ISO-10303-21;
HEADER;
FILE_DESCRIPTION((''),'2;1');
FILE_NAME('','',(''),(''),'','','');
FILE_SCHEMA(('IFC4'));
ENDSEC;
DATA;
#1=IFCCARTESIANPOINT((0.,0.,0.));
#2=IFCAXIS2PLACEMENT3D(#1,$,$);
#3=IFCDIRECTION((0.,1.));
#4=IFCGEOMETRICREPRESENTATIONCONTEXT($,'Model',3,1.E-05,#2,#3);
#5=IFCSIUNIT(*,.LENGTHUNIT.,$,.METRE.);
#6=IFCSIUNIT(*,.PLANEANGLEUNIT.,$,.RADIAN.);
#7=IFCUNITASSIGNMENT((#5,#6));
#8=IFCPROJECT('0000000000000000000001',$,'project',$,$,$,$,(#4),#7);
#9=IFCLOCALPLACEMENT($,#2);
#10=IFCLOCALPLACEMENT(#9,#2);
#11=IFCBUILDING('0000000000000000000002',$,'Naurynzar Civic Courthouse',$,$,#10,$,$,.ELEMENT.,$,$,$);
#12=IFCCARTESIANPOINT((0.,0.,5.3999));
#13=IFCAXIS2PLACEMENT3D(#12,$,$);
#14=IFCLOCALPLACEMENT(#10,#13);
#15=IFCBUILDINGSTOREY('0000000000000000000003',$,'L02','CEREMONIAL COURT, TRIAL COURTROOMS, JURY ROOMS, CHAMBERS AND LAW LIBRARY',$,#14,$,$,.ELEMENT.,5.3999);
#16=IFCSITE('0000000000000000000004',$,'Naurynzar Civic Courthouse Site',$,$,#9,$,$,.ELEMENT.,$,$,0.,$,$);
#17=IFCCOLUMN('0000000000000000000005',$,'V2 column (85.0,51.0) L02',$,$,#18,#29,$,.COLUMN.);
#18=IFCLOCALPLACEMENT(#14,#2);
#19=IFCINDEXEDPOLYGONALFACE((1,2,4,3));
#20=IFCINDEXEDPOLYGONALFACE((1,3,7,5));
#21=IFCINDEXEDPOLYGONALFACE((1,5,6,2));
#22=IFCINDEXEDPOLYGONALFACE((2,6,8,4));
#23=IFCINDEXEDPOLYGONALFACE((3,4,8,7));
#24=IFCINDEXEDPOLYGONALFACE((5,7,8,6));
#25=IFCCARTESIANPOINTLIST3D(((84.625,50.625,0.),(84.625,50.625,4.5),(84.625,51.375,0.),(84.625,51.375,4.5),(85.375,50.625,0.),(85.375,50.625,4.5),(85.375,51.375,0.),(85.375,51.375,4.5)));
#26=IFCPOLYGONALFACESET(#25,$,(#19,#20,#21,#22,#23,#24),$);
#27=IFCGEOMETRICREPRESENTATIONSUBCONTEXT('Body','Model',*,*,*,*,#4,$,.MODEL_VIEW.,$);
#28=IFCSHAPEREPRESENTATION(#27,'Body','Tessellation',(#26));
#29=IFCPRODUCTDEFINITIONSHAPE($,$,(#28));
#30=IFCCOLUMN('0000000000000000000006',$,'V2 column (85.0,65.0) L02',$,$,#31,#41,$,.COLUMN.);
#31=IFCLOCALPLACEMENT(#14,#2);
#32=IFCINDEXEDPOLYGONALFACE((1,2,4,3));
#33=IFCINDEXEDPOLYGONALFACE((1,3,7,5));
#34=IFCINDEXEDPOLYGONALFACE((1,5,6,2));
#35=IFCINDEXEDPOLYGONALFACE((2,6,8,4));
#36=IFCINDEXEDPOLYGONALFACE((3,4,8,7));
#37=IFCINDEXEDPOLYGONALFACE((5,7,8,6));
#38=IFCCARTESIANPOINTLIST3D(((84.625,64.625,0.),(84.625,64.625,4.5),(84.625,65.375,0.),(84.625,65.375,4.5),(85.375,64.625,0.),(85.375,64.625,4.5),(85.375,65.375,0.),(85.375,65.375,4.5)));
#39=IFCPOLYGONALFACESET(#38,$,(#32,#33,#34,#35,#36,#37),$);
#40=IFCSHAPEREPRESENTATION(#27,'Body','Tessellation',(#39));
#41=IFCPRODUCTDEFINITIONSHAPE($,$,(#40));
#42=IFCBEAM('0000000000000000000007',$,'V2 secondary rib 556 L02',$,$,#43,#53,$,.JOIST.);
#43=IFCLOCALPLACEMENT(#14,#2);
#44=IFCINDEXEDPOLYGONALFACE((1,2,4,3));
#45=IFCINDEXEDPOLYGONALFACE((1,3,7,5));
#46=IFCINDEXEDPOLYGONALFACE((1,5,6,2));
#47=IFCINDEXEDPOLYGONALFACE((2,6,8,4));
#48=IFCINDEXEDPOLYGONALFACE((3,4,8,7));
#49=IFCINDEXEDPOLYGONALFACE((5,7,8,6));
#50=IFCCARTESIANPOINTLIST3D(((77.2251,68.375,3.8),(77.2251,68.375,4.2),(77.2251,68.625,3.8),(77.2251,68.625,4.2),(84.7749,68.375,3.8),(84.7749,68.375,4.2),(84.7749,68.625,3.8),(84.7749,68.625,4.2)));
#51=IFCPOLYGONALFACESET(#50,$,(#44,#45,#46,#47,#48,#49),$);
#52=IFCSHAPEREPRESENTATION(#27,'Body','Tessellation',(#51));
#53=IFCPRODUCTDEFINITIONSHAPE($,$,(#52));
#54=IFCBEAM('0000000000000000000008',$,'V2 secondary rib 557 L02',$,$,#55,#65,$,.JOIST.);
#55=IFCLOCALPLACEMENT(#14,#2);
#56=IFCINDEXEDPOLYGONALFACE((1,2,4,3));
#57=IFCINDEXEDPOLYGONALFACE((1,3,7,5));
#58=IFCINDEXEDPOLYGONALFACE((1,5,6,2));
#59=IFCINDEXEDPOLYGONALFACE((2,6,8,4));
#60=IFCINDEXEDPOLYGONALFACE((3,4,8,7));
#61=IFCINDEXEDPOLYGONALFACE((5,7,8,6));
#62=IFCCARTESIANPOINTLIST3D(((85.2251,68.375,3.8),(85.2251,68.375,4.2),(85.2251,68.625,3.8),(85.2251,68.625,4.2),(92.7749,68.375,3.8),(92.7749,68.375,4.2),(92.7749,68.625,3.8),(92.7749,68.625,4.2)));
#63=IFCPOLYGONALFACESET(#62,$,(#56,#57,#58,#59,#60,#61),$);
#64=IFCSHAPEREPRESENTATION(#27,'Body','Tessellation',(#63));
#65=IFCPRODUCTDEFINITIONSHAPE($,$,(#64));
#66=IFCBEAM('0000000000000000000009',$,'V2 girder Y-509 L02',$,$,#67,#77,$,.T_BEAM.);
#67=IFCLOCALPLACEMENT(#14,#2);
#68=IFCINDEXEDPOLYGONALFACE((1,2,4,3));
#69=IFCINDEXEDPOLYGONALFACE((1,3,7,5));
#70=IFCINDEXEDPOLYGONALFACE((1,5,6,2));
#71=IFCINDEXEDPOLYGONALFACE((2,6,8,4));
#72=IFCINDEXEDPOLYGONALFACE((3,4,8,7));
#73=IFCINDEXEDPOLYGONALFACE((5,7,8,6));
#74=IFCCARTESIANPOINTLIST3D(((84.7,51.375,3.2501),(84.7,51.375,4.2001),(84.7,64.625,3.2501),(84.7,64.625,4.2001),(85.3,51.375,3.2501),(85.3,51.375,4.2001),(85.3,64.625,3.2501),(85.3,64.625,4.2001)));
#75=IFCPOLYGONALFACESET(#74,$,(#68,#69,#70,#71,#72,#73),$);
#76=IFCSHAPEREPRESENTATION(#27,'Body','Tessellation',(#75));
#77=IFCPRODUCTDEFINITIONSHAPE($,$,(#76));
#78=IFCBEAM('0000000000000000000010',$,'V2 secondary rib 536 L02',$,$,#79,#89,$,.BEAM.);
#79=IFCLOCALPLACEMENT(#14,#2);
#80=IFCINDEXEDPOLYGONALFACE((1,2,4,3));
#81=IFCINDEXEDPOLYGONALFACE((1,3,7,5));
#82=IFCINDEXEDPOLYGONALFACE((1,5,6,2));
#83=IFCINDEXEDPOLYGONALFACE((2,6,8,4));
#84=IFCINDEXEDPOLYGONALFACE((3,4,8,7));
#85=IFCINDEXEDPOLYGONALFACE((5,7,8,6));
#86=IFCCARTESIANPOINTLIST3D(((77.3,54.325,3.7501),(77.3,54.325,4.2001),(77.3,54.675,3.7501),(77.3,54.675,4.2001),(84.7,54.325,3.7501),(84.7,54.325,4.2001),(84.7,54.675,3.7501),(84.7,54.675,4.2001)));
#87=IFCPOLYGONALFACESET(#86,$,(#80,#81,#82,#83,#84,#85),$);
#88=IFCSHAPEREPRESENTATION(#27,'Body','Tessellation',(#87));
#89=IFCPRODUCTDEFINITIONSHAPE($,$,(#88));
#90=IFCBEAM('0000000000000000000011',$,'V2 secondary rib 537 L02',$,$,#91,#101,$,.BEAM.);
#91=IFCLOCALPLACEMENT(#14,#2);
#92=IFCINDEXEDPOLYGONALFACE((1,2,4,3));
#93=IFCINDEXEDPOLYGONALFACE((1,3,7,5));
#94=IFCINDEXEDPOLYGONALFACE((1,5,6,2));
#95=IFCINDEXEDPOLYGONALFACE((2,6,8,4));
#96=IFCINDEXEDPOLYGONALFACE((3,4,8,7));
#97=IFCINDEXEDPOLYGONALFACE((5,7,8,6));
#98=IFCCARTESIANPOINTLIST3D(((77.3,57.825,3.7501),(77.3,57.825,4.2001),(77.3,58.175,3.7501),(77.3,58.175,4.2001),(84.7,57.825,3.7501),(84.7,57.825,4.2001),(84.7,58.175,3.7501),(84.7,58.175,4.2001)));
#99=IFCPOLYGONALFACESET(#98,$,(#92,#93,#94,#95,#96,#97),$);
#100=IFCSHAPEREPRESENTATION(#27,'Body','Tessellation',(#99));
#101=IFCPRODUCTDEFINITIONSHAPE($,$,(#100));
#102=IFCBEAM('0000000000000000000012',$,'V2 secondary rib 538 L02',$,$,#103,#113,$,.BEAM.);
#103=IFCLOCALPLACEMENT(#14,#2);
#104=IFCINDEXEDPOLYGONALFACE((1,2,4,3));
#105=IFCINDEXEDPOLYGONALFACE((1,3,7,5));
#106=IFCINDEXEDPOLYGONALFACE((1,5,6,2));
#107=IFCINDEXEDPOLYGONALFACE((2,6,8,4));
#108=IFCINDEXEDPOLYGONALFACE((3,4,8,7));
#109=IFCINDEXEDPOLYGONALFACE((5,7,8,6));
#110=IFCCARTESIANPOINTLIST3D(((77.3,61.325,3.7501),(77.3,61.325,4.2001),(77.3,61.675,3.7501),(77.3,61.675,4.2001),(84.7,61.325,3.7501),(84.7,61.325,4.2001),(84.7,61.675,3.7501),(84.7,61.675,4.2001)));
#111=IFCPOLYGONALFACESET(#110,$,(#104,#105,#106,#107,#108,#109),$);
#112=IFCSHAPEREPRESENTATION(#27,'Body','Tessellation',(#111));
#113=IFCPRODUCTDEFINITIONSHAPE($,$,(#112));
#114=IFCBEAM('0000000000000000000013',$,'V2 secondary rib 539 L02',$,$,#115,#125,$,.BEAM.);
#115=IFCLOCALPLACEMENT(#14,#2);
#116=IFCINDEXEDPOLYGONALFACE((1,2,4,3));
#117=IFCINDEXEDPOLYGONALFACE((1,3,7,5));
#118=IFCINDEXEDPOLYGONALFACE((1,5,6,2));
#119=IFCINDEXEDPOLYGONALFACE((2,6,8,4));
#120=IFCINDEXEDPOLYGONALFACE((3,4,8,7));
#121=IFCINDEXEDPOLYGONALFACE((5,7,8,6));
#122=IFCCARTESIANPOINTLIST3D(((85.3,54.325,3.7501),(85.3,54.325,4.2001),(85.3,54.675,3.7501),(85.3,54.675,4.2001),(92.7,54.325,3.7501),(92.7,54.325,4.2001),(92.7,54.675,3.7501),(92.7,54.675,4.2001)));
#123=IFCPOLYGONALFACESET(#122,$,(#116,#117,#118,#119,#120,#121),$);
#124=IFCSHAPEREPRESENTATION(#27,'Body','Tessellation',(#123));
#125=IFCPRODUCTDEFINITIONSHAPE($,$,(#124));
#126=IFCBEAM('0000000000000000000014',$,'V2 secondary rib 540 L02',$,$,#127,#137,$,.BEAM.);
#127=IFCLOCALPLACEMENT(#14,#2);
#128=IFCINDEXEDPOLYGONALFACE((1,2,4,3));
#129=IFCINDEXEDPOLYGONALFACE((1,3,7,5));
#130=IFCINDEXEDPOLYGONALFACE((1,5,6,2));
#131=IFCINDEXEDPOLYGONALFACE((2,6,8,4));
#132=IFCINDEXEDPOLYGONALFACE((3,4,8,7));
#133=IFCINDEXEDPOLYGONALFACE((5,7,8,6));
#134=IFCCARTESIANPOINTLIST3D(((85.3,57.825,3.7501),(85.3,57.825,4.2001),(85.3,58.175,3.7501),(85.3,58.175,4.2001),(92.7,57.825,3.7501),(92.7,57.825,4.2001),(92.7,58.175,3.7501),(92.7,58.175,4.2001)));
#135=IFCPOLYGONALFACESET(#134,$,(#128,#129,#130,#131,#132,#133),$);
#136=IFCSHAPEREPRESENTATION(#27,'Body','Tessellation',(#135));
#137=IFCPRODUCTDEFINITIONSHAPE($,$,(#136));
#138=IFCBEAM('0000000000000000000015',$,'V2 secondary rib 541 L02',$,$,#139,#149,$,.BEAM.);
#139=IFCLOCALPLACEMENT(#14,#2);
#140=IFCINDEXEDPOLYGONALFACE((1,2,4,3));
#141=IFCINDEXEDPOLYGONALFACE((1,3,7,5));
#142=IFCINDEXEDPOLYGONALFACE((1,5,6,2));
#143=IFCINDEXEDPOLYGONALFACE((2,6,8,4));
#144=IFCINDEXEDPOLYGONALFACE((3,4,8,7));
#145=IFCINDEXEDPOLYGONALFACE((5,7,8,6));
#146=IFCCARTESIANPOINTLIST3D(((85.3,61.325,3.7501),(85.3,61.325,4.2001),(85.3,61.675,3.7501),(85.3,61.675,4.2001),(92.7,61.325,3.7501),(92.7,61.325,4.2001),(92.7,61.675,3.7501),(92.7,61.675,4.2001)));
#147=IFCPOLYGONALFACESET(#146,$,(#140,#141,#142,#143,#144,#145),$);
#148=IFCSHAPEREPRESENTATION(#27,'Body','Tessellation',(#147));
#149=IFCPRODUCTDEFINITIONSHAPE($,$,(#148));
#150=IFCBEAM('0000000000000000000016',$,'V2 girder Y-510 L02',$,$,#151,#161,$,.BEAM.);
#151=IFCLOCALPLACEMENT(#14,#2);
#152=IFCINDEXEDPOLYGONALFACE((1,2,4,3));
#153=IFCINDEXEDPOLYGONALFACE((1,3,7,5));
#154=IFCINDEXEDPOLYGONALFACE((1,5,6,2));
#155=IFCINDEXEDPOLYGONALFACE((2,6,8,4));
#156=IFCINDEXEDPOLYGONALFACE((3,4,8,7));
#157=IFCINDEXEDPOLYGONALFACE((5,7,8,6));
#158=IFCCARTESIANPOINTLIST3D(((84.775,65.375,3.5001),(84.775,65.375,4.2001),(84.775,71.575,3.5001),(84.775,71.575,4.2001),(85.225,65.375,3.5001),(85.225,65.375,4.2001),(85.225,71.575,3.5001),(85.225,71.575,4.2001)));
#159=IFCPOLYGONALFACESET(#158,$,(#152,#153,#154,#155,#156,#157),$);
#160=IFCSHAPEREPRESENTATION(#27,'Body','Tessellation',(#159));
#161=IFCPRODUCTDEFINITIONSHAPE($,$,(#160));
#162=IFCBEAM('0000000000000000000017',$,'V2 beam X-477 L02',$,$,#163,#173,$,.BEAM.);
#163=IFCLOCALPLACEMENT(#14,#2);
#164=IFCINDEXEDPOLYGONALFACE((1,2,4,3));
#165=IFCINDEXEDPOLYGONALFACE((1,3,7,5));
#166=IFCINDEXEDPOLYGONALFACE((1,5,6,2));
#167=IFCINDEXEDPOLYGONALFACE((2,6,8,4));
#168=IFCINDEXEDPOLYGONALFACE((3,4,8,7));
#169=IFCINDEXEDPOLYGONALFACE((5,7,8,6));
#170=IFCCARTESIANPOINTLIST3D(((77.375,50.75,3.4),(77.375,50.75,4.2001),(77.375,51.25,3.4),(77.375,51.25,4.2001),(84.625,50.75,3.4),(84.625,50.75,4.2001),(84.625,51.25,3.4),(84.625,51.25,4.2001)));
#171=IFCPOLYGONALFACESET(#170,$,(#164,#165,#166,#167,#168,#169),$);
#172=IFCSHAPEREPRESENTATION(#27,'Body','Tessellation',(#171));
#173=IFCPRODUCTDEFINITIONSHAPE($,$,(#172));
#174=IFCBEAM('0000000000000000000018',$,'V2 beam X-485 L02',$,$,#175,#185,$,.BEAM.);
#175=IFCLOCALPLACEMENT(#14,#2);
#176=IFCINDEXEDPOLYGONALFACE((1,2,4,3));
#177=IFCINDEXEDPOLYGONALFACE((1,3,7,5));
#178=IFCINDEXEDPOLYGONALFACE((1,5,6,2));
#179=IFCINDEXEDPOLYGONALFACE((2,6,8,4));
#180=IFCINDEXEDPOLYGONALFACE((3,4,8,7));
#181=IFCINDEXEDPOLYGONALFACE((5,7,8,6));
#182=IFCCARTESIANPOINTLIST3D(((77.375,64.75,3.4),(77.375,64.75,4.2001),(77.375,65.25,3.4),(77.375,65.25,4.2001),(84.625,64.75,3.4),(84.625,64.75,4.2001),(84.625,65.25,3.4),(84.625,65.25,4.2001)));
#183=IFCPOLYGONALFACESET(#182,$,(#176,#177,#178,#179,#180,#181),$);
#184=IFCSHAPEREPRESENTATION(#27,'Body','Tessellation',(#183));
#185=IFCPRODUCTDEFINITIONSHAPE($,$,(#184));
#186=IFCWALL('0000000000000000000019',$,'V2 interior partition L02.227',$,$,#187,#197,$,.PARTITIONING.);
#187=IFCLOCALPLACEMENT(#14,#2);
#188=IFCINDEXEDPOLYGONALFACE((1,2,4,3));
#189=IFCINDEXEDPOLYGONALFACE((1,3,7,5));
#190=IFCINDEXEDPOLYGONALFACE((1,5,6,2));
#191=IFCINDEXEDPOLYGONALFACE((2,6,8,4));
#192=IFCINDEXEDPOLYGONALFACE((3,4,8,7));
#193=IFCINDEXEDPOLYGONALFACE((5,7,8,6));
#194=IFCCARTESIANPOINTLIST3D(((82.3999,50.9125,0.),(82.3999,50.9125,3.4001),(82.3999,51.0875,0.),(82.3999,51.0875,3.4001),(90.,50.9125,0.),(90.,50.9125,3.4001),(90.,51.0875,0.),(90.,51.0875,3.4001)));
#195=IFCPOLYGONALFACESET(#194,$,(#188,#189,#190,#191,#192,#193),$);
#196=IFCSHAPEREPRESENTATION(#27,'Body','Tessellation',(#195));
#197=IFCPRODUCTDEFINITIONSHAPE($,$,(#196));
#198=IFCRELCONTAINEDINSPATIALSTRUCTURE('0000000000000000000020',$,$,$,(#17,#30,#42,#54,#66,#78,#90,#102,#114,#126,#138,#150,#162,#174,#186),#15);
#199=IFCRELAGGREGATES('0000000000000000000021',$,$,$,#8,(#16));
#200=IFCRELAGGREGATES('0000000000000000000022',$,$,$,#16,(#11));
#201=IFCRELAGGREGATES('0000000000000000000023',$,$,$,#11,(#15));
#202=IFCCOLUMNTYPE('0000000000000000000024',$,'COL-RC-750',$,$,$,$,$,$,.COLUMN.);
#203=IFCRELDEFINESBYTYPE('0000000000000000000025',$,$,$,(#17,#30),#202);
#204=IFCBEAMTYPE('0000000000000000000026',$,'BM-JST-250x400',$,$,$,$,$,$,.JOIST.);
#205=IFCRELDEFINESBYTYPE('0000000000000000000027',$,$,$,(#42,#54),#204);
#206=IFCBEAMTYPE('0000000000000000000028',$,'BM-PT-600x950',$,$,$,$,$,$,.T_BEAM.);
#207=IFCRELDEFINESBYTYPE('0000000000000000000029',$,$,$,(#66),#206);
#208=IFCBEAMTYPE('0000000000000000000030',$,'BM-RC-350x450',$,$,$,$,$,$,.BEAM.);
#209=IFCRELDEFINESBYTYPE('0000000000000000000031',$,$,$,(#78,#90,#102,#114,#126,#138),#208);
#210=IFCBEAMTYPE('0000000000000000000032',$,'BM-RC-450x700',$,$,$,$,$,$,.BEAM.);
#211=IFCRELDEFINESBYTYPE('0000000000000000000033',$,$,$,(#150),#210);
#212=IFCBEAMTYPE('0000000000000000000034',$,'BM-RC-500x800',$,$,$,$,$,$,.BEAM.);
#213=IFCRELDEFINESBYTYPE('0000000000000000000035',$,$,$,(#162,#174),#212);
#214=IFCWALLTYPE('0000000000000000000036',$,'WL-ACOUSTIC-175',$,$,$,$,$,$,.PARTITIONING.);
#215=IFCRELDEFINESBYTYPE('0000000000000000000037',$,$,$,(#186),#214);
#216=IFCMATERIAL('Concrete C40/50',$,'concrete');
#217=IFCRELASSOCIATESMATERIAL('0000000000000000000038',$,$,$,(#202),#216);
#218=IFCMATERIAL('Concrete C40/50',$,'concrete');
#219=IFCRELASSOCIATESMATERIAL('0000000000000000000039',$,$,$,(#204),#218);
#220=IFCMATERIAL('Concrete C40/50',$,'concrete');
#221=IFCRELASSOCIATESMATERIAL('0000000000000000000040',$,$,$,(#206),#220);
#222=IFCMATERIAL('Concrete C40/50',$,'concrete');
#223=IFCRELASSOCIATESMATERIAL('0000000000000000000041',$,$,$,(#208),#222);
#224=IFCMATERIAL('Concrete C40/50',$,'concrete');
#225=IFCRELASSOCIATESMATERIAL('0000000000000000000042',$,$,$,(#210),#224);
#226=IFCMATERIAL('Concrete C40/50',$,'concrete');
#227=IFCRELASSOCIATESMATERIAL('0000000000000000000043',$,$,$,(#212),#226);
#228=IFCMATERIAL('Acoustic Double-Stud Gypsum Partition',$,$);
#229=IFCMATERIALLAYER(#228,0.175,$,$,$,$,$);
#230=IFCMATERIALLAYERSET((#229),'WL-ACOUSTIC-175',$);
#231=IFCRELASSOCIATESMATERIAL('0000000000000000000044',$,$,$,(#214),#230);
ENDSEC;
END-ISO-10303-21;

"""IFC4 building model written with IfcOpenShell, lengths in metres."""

from ifc_helpers import new_model, si_unit, direction, frame, frame_2d, origin, origin_2d, place, context, subcontext, project, spatial, rectangle, extrude, material, layer, layer_set, material_profile, profile_set, type_object, element, save


model = new_model("IFC4")

# Units and contexts
model_context = context("Model", 3, precision=1e-05, world=origin(), true_north=direction((0.0, 1.0)))
body_context = subcontext(model_context, "Body", "Model", "MODEL_VIEW")
ifc_project = project(units=[si_unit("LENGTHUNIT", "METRE"), si_unit("PLANEANGLEUNIT", "RADIAN")], contexts=[model_context])

# Site, building, storey
site_placement = place(None, origin())
site = spatial("IfcSite", under=ifc_project, at=site_placement, Name="Naurynzar Civic Courthouse Site", CompositionType="ELEMENT", RefElevation=0.0)
building_placement = place(site_placement, origin())
building = spatial("IfcBuilding", under=site, at=building_placement, Name="Naurynzar Civic Courthouse", CompositionType="ELEMENT")
storey_placement = place(building_placement, frame((0.0, 0.0, 5.3999)))
storey = spatial("IfcBuildingStorey", under=building, at=storey_placement, Name="L02", Description="CEREMONIAL COURT, TRIAL COURTROOMS, JURY ROOMS, CHAMBERS AND LAW LIBRARY", CompositionType="ELEMENT", Elevation=5.3999)

# Columns
ifc_material_1 = material(Name="Concrete C40/50", Category="concrete")
ifc_material_profile_1 = material_profile(ifc_material_1, rectangle(XDim=0.75, YDim=0.75, at=origin_2d()), Name="RC 750x750")
ifc_profile_set_1 = profile_set([ifc_material_profile_1], Name="Concrete C40/50")
column_type = type_object("IfcColumnType", Name="COL-RC-750", PredefinedType="COLUMN", material=ifc_profile_set_1)
for number, where, z_axis, x_axis, name in (
    (1, (85.0, 51.0, 0.0), (0.0, 0.0, 1.0), (1.0, 0.0, 0.0), "V2 column (85.0,51.0) L02"),
    (2, (85.0, 65.0, 0.0), (0.0, 0.0, 1.0), (1.0, 0.0, 0.0), "V2 column (85.0,65.0) L02"),
):
    element("IfcColumn", number, at=place(storey_placement, frame(where, z_axis=z_axis, x_axis=x_axis)), inside=storey, type_object=column_type, Name=name, PredefinedType="COLUMN", context=body_context, shape_type="SweptSolid", body=[
        extrude(rectangle(XDim=0.75, YDim=0.75, at=origin_2d()), origin(), (0.0, 0.0, 1.0), 4.5),
    ])

# Beams
ifc_material_2 = material(Name="Concrete C40/50", Category="concrete")
ifc_material_profile_2 = material_profile(ifc_material_2, rectangle(XDim=0.25, YDim=0.3999, at=origin_2d()), Name="RCB 250x400")
ifc_profile_set_2 = profile_set([ifc_material_profile_2], Name="Concrete C40/50")
beam_type_1 = type_object("IfcBeamType", Name="BM-JST-250x400", PredefinedType="JOIST", material=ifc_profile_set_2)
for number, where, z_axis, x_axis, name in (
    (3, (77.2251, 68.5, 4.0), (1.0, 0.0, 0.0), (0.0, 1.0, 0.0), "V2 secondary rib 556 L02"),
    (4, (85.2251, 68.5, 4.0), (1.0, 0.0, 0.0), (0.0, 1.0, 0.0), "V2 secondary rib 557 L02"),
):
    element("IfcBeam", number, at=place(storey_placement, frame(where, z_axis=z_axis, x_axis=x_axis)), inside=storey, type_object=beam_type_1, Name=name, PredefinedType="JOIST", context=body_context, shape_type="SweptSolid", body=[
        extrude(rectangle(XDim=0.25, YDim=0.3999, at=origin_2d()), origin(), (0.0, 0.0, 1.0), 7.5498),
    ])
ifc_material_3 = material(Name="Concrete C40/50", Category="concrete")
ifc_material_profile_3 = material_profile(ifc_material_3, rectangle(XDim=0.6001, YDim=0.95, at=origin_2d()), Name="PTB 600x950")
ifc_profile_set_3 = profile_set([ifc_material_profile_3], Name="Concrete C40/50")
beam_type_2 = type_object("IfcBeamType", Name="BM-PT-600x950", PredefinedType="T_BEAM", material=ifc_profile_set_3)
beam_1_placement = place(storey_placement, frame((85.0, 51.375, 3.7251), z_axis=(0.0, 1.0, 0.0), x_axis=(-1.0, 0.0, 0.0)))
element("IfcBeam", 5, at=beam_1_placement, inside=storey, type_object=beam_type_2, Name="V2 girder Y-509 L02", PredefinedType="T_BEAM", context=body_context, shape_type="SweptSolid", body=[
    extrude(rectangle(XDim=0.6001, YDim=0.95, at=origin_2d()), origin(), (0.0, 0.0, 1.0), 13.25),
])
ifc_material_4 = material(Name="Concrete C40/50", Category="concrete")
ifc_material_profile_4 = material_profile(ifc_material_4, rectangle(XDim=0.3501, YDim=0.45, at=origin_2d()), Name="RCB 350x450")
ifc_profile_set_4 = profile_set([ifc_material_profile_4], Name="Concrete C40/50")
beam_type_3 = type_object("IfcBeamType", Name="BM-RC-350x450", PredefinedType="BEAM", material=ifc_profile_set_4)
for number, where, z_axis, x_axis, name in (
    (6, (77.3, 54.5, 3.9751), (1.0, 0.0, 0.0), (0.0, 1.0, 0.0), "V2 secondary rib 536 L02"),
    (7, (77.3, 58.0, 3.9751), (1.0, 0.0, 0.0), (0.0, 1.0, 0.0), "V2 secondary rib 537 L02"),
    (8, (77.3, 61.5, 3.9751), (1.0, 0.0, 0.0), (0.0, 1.0, 0.0), "V2 secondary rib 538 L02"),
    (9, (85.3, 54.5, 3.9751), (1.0, 0.0, 0.0), (0.0, 1.0, 0.0), "V2 secondary rib 539 L02"),
    (10, (85.3, 58.0, 3.9751), (1.0, 0.0, 0.0), (0.0, 1.0, 0.0), "V2 secondary rib 540 L02"),
    (11, (85.3, 61.5, 3.9751), (1.0, 0.0, 0.0), (0.0, 1.0, 0.0), "V2 secondary rib 541 L02"),
):
    element("IfcBeam", number, at=place(storey_placement, frame(where, z_axis=z_axis, x_axis=x_axis)), inside=storey, type_object=beam_type_3, Name=name, PredefinedType="BEAM", context=body_context, shape_type="SweptSolid", body=[
        extrude(rectangle(XDim=0.3501, YDim=0.45, at=origin_2d()), origin(), (0.0, 0.0, 1.0), 7.3999),
    ])
ifc_material_5 = material(Name="Concrete C40/50", Category="concrete")
ifc_material_profile_5 = material_profile(ifc_material_5, rectangle(XDim=0.45, YDim=0.7, at=origin_2d()), Name="RCB 450x700")
ifc_profile_set_5 = profile_set([ifc_material_profile_5], Name="Concrete C40/50")
beam_type_4 = type_object("IfcBeamType", Name="BM-RC-450x700", PredefinedType="BEAM", material=ifc_profile_set_5)
beam_2_placement = place(storey_placement, frame((85.0, 65.375, 3.8501), z_axis=(0.0, 1.0, 0.0), x_axis=(-1.0, 0.0, 0.0)))
element("IfcBeam", 12, at=beam_2_placement, inside=storey, type_object=beam_type_4, Name="V2 girder Y-510 L02", PredefinedType="BEAM", context=body_context, shape_type="SweptSolid", body=[
    extrude(rectangle(XDim=0.45, YDim=0.7, at=origin_2d()), origin(), (0.0, 0.0, 1.0), 6.2),
])
ifc_material_6 = material(Name="Concrete C40/50", Category="concrete")
ifc_material_profile_6 = material_profile(ifc_material_6, rectangle(XDim=0.5, YDim=0.8, at=origin_2d()), Name="RCB 500x800")
ifc_profile_set_6 = profile_set([ifc_material_profile_6], Name="Concrete C40/50")
beam_type_5 = type_object("IfcBeamType", Name="BM-RC-500x800", PredefinedType="BEAM", material=ifc_profile_set_6)
for number, where, z_axis, x_axis, name in (
    (13, (77.375, 51.0, 3.8), (1.0, 0.0, 0.0), (0.0, 1.0, 0.0), "V2 beam X-477 L02"),
    (14, (77.375, 65.0, 3.8), (1.0, 0.0, 0.0), (0.0, 1.0, 0.0), "V2 beam X-485 L02"),
):
    element("IfcBeam", number, at=place(storey_placement, frame(where, z_axis=z_axis, x_axis=x_axis)), inside=storey, type_object=beam_type_5, Name=name, PredefinedType="BEAM", context=body_context, shape_type="SweptSolid", body=[
        extrude(rectangle(XDim=0.5, YDim=0.8, at=origin_2d()), origin(), (0.0, 0.0, 1.0), 7.25),
    ])

# Wall
ifc_material_7 = material(Name="Acoustic Double-Stud Gypsum Partition")
ifc_layer_1 = layer(ifc_material_7, 0.175)
ifc_layer_set_1 = layer_set([ifc_layer_1], Name="WL-ACOUSTIC-175")
wall_type_1 = type_object("IfcWallType", Name="WL-ACOUSTIC-175", PredefinedType="PARTITIONING", material=ifc_layer_set_1)
wall_1_placement = place(storey_placement, frame((82.3999, 51.0, 0.0), z_axis=(0.0, 0.0, 1.0), x_axis=(1.0, 0.0, 0.0)))
element("IfcWall", 15, at=wall_1_placement, inside=storey, type_object=wall_type_1, Name="V2 interior partition L02.227", PredefinedType="PARTITIONING", context=body_context, shape_type="SweptSolid", body=[
    extrude(rectangle(XDim=7.6001, YDim=0.175, at=frame_2d((3.8, 0.0))), origin(), (0.0, 0.0, 1.0), 3.4001),
])

save(model, "model.ifc")
